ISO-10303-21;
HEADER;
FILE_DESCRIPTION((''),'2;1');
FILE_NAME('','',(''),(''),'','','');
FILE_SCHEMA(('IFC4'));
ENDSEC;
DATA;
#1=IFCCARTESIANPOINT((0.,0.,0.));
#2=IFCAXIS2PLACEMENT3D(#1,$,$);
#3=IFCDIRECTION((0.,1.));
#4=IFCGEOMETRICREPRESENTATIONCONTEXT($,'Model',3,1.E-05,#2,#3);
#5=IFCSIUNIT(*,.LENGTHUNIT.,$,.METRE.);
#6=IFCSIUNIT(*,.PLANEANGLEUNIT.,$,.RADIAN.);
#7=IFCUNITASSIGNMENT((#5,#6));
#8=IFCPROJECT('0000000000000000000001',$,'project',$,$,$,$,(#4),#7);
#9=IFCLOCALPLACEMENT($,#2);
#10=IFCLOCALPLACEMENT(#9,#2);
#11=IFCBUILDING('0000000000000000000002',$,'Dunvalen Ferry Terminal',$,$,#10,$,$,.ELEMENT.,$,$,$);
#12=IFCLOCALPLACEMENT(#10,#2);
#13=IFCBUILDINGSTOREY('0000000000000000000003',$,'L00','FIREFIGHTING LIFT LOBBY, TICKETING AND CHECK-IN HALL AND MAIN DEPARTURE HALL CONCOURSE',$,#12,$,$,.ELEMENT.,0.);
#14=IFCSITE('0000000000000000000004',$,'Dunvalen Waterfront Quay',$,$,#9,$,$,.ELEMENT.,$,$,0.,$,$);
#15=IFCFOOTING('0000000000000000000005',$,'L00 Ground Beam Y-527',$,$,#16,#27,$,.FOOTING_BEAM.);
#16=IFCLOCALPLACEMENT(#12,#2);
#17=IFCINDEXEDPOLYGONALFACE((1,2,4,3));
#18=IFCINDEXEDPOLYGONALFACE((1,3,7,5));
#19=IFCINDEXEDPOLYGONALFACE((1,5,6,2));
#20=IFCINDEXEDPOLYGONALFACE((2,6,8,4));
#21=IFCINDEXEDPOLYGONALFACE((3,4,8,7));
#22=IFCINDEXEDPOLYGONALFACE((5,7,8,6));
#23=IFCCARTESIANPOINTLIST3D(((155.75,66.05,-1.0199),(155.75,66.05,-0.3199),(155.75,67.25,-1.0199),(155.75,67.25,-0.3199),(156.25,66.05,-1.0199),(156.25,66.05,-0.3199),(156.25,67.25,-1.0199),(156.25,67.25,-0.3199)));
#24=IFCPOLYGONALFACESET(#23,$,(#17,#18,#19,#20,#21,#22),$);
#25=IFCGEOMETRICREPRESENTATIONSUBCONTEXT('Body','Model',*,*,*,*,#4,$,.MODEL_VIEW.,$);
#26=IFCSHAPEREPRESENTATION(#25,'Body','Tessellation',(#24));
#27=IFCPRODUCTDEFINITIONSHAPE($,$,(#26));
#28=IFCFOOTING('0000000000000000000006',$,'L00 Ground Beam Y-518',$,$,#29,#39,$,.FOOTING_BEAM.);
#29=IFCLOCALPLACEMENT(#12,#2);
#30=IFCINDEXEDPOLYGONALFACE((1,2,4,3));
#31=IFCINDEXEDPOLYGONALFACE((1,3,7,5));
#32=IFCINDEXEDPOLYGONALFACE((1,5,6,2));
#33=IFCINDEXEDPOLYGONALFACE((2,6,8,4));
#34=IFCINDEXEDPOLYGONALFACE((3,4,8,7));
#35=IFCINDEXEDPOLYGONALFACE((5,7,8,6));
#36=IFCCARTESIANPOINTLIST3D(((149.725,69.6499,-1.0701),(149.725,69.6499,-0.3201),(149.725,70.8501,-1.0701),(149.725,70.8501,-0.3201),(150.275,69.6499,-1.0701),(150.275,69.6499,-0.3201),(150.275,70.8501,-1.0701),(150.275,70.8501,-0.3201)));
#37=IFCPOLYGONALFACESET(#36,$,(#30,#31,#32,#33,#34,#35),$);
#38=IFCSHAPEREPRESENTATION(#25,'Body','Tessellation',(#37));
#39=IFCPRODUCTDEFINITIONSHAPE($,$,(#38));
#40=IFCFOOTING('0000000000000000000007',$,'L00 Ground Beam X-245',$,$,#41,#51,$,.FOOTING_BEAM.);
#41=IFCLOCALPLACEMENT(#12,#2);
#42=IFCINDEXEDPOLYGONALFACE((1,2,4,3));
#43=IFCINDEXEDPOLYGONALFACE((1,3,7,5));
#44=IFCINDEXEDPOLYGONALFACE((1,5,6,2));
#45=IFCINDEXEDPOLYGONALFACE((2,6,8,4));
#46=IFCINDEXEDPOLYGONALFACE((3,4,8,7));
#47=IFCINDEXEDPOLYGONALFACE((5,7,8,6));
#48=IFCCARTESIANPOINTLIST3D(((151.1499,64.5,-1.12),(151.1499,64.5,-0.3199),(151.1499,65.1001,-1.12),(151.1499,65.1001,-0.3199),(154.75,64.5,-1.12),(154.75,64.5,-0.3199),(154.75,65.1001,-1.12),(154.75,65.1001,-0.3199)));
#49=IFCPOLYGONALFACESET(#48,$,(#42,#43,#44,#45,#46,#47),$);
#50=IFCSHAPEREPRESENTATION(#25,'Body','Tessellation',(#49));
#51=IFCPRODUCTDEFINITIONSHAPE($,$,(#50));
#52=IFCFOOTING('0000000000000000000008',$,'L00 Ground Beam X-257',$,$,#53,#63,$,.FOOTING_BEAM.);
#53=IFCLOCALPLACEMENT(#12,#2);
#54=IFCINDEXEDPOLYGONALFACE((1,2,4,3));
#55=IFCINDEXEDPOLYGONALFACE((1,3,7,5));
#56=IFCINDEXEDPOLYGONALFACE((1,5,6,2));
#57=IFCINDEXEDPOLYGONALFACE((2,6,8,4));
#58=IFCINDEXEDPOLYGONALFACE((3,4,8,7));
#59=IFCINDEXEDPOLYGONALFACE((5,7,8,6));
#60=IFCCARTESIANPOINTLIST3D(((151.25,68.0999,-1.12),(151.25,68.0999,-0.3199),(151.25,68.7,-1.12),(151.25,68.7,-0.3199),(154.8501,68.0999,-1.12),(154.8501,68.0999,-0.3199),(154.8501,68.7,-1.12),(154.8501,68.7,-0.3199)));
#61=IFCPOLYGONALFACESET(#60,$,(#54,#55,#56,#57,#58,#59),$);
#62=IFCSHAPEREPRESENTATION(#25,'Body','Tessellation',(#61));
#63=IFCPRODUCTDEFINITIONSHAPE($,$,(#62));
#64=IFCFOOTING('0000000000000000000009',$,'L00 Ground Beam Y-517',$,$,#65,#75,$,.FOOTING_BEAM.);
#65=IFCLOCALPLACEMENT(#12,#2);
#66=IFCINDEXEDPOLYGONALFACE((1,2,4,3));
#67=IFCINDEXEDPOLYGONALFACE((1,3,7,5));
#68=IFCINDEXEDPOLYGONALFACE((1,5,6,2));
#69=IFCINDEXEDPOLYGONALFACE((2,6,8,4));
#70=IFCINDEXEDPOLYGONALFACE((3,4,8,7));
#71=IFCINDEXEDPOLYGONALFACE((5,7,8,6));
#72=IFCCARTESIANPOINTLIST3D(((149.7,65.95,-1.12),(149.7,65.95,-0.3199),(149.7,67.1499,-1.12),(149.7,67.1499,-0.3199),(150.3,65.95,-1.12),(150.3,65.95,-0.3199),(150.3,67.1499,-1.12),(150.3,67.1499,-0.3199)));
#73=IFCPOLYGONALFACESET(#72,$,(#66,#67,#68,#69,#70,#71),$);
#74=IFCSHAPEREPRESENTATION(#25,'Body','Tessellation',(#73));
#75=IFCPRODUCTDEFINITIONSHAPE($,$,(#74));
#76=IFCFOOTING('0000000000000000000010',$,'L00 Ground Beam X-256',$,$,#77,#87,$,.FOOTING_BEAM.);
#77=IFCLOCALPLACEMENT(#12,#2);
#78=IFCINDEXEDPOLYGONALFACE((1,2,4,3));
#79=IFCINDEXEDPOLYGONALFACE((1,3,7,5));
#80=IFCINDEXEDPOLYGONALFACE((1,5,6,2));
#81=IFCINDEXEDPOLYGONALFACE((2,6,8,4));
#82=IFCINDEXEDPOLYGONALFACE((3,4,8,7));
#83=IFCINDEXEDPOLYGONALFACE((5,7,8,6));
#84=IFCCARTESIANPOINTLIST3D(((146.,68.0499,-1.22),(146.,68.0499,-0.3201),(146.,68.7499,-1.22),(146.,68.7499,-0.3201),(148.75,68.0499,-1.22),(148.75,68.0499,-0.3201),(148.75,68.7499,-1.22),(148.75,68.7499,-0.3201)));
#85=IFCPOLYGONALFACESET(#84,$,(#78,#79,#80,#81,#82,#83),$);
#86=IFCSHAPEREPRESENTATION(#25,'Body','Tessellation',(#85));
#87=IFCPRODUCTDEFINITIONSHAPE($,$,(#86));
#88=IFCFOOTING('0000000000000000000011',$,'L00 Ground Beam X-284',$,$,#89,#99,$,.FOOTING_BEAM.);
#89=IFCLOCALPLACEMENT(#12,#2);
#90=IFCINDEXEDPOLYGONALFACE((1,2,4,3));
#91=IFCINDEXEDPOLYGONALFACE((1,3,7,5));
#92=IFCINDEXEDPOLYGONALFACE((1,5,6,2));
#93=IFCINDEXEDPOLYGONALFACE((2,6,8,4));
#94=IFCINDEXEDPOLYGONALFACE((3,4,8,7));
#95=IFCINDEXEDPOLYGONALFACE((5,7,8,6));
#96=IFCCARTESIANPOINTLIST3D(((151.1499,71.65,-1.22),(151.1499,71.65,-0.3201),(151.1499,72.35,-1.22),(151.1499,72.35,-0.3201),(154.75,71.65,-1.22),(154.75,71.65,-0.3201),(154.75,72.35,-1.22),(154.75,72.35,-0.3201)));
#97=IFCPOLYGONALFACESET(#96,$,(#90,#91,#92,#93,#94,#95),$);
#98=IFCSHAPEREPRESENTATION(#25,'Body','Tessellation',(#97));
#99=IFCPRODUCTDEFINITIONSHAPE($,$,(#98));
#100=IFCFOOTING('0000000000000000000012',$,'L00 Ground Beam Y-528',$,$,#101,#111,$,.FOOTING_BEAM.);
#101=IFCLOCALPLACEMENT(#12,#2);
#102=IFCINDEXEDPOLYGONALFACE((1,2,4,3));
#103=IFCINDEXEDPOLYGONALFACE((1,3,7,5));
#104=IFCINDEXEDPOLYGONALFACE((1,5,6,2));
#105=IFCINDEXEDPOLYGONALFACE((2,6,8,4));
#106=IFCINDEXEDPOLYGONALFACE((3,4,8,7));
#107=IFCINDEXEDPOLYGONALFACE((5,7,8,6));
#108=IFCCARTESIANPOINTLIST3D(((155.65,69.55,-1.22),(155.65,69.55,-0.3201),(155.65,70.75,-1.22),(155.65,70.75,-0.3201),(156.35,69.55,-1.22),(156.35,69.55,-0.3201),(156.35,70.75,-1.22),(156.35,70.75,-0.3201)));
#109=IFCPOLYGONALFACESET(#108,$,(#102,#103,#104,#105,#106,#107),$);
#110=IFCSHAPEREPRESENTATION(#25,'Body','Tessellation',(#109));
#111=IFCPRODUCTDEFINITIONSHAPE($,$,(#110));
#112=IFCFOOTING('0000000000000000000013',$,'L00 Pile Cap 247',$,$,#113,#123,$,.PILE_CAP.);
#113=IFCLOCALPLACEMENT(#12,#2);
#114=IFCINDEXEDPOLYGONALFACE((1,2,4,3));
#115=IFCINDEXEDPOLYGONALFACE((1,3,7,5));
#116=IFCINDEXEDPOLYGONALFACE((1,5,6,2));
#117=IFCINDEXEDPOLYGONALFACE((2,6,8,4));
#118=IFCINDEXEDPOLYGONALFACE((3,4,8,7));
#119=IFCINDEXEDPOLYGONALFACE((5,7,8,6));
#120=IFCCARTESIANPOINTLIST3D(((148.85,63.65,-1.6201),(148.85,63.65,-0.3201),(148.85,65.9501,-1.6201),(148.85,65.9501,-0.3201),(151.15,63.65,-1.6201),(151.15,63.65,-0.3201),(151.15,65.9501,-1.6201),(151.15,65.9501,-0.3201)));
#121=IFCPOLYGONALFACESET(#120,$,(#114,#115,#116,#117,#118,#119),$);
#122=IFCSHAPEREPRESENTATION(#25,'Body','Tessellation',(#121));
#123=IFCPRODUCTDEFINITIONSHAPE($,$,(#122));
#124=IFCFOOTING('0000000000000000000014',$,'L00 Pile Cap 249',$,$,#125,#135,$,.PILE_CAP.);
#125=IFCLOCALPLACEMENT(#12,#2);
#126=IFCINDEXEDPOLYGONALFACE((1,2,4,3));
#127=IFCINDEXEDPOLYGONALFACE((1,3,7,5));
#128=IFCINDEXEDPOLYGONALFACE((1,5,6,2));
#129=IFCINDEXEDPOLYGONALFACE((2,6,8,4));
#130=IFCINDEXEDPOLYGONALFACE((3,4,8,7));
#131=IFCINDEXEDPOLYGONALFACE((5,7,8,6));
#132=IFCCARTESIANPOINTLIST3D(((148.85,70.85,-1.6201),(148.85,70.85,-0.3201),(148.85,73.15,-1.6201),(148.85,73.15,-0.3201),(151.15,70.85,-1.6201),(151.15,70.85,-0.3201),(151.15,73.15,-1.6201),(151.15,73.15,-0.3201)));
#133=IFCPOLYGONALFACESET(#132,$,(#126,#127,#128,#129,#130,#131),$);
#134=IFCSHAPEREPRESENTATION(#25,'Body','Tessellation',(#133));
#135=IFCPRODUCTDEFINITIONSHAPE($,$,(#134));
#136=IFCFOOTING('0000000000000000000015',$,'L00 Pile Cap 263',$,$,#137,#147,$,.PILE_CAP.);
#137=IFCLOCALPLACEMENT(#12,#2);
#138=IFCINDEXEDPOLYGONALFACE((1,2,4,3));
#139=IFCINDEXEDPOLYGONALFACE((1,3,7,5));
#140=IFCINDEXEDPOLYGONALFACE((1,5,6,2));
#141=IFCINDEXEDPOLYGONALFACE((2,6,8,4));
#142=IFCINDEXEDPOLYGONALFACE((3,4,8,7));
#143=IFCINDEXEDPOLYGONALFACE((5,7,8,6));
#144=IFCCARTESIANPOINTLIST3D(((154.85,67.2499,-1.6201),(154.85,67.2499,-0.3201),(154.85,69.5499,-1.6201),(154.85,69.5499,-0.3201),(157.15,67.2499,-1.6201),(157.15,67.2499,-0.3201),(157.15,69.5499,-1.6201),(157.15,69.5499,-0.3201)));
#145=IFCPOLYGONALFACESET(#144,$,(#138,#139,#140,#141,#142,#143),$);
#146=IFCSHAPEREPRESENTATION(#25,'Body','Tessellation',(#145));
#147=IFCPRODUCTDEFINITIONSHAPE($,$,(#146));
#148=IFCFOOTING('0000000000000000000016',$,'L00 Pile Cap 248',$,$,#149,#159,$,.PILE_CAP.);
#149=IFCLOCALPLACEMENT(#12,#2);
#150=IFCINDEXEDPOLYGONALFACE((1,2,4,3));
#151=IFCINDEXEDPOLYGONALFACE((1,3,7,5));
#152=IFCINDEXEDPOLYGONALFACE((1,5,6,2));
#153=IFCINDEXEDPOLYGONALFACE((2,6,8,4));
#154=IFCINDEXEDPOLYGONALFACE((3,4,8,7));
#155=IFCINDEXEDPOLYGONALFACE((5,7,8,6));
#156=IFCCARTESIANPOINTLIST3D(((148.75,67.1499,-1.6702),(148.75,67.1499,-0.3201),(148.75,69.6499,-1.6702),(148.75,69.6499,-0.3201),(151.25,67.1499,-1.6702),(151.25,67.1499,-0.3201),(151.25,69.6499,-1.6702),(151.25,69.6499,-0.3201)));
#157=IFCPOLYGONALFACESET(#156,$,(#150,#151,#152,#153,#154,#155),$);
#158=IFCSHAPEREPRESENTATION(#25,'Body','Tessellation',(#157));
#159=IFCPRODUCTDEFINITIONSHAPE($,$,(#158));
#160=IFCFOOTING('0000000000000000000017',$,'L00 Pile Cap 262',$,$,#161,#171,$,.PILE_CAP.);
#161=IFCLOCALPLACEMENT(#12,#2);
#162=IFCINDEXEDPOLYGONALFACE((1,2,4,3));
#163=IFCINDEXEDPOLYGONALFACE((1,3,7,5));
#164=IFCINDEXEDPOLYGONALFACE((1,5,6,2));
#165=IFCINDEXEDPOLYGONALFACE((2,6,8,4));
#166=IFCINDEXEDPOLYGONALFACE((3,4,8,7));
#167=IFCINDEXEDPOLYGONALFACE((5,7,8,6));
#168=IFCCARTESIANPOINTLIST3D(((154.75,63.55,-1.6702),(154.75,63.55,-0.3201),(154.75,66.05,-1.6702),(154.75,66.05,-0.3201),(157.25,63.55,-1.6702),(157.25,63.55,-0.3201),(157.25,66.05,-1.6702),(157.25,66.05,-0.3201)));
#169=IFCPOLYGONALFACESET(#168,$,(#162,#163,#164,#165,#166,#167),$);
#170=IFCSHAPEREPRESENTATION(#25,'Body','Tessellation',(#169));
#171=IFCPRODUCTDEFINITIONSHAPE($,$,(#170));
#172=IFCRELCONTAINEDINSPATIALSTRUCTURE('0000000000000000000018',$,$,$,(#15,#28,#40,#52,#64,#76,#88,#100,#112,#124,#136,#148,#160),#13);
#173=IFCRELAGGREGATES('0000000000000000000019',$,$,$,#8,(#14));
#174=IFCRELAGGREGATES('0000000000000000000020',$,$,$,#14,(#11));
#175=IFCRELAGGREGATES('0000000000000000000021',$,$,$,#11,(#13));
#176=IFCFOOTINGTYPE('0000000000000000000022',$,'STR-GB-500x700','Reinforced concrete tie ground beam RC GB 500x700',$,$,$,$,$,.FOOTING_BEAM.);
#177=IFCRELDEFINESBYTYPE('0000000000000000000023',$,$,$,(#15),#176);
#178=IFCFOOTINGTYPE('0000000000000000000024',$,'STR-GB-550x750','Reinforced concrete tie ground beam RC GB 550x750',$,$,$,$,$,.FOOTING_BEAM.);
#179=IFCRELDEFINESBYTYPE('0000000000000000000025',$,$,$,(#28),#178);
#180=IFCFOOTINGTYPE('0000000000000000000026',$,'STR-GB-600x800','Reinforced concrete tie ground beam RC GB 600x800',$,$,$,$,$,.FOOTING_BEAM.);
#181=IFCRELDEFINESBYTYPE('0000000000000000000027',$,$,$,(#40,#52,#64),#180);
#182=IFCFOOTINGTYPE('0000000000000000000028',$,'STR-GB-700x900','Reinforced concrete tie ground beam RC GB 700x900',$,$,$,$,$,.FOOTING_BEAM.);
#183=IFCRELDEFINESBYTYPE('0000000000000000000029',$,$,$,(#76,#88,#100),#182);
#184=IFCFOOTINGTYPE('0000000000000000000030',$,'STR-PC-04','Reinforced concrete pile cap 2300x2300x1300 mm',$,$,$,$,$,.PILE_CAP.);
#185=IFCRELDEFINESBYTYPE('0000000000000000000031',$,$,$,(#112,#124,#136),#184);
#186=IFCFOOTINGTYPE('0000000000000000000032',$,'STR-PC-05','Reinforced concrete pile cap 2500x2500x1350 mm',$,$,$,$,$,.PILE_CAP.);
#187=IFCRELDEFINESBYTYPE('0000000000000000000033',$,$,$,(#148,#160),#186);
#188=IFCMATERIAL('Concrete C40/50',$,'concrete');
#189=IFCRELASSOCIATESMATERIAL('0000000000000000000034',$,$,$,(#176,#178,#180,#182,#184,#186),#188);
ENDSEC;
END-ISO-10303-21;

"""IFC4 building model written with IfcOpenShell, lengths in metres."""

from ifc_helpers import new_model, si_unit, direction, frame, origin, origin_2d, place, context, subcontext, project, spatial, rectangle, extrude, material, material_profile, profile_set, type_object, element, save


model = new_model("IFC4")

# Units and contexts
model_context = context("Model", 3, precision=1e-05, world=origin(), true_north=direction((0.0, 1.0)))
body_context = subcontext(model_context, "Body", "Model", "MODEL_VIEW")
ifc_project = project(units=[si_unit("LENGTHUNIT", "METRE"), si_unit("PLANEANGLEUNIT", "RADIAN")], contexts=[model_context])

# Site, building, storey
site_placement = place(None, origin())
site = spatial("IfcSite", under=ifc_project, at=site_placement, Name="Dunvalen Waterfront Quay", CompositionType="ELEMENT", RefElevation=0.0)
building_placement = place(site_placement, origin())
building = spatial("IfcBuilding", under=site, at=building_placement, Name="Dunvalen Ferry Terminal", CompositionType="ELEMENT")
storey_placement = place(building_placement, origin())
storey = spatial("IfcBuildingStorey", under=building, at=storey_placement, Name="L00", Description="FIREFIGHTING LIFT LOBBY, TICKETING AND CHECK-IN HALL AND MAIN DEPARTURE HALL CONCOURSE", CompositionType="ELEMENT", Elevation=0.0)

# Footings
ifc_material_1 = material(Name="Concrete C40/50", Category="concrete")
ifc_material_profile_1 = material_profile(ifc_material_1, rectangle(XDim=0.5, YDim=0.7, at=origin_2d()), Name="Concrete C40/50")
ifc_profile_set_1 = profile_set([ifc_material_profile_1], Name="Concrete C40/50")
footing_type_1 = type_object("IfcFootingType", Name="STR-GB-500x700", Description="Reinforced concrete tie ground beam RC GB 500x700", PredefinedType="FOOTING_BEAM", material=ifc_profile_set_1)
footing_1_placement = place(storey_placement, frame((156.0, 66.05, -0.6699), z_axis=(0.0, 1.0, 0.0), x_axis=(-1.0, 0.0, 0.0)))
element("IfcFooting", 1, at=footing_1_placement, inside=storey, type_object=footing_type_1, Name="L00 Ground Beam Y-527", PredefinedType="FOOTING_BEAM", context=body_context, shape_type="SweptSolid", body=[
    extrude(rectangle(XDim=0.5, YDim=0.7, at=origin_2d()), origin(), (0.0, 0.0, 1.0), 1.2),
])
ifc_material_profile_2 = material_profile(ifc_material_1, rectangle(XDim=0.55, YDim=0.75, at=origin_2d()), Name="Concrete C40/50")
ifc_profile_set_2 = profile_set([ifc_material_profile_2], Name="Concrete C40/50")
footing_type_2 = type_object("IfcFootingType", Name="STR-GB-550x750", Description="Reinforced concrete tie ground beam RC GB 550x750", PredefinedType="FOOTING_BEAM", material=ifc_profile_set_2)
footing_2_placement = place(storey_placement, frame((150.0, 69.6499, -0.6951), z_axis=(0.0, 1.0, 0.0), x_axis=(-1.0, 0.0, 0.0)))
element("IfcFooting", 2, at=footing_2_placement, inside=storey, type_object=footing_type_2, Name="L00 Ground Beam Y-518", PredefinedType="FOOTING_BEAM", context=body_context, shape_type="SweptSolid", body=[
    extrude(rectangle(XDim=0.55, YDim=0.75, at=origin_2d()), origin(), (0.0, 0.0, 1.0), 1.2002),
])
ifc_material_profile_3 = material_profile(ifc_material_1, rectangle(XDim=0.6001, YDim=0.8, at=origin_2d()), Name="Concrete C40/50")
ifc_profile_set_3 = profile_set([ifc_material_profile_3], Name="Concrete C40/50")
footing_type_3 = type_object("IfcFootingType", Name="STR-GB-600x800", Description="Reinforced concrete tie ground beam RC GB 600x800", PredefinedType="FOOTING_BEAM", material=ifc_profile_set_3)
for number, where, z_axis, x_axis, name in (
    (3, (151.1499, 64.8, -0.72), (1.0, 0.0, 0.0), (0.0, 1.0, 0.0), "L00 Ground Beam X-245"),
    (4, (151.25, 68.3999, -0.72), (1.0, 0.0, 0.0), (0.0, 1.0, 0.0), "L00 Ground Beam X-257"),
):
    element("IfcFooting", number, at=place(storey_placement, frame(where, z_axis=z_axis, x_axis=x_axis)), inside=storey, type_object=footing_type_3, Name=name, PredefinedType="FOOTING_BEAM", context=body_context, shape_type="SweptSolid", body=[
        extrude(rectangle(XDim=0.6001, YDim=0.8, at=origin_2d()), origin(), (0.0, 0.0, 1.0), 3.6001),
    ])
footing_3_placement = place(storey_placement, frame((150.0, 65.95, -0.72), z_axis=(0.0, 1.0, 0.0), x_axis=(-1.0, 0.0, 0.0)))
element("IfcFooting", 5, at=footing_3_placement, inside=storey, type_object=footing_type_3, Name="L00 Ground Beam Y-517", PredefinedType="FOOTING_BEAM", context=body_context, shape_type="SweptSolid", body=[
    extrude(rectangle(XDim=0.6001, YDim=0.8, at=origin_2d()), origin(), (0.0, 0.0, 1.0), 1.2),
])
ifc_material_profile_4 = material_profile(ifc_material_1, rectangle(XDim=0.7, YDim=0.8999, at=origin_2d()), Name="Concrete C40/50")
ifc_profile_set_4 = profile_set([ifc_material_profile_4], Name="Concrete C40/50")
footing_type_4 = type_object("IfcFootingType", Name="STR-GB-700x900", Description="Reinforced concrete tie ground beam RC GB 700x900", PredefinedType="FOOTING_BEAM", material=ifc_profile_set_4)
footing_4_placement = place(storey_placement, frame((146.0, 68.3999, -0.77), z_axis=(1.0, 0.0, 0.0), x_axis=(0.0, 1.0, 0.0)))
element("IfcFooting", 6, at=footing_4_placement, inside=storey, type_object=footing_type_4, Name="L00 Ground Beam X-256", PredefinedType="FOOTING_BEAM", context=body_context, shape_type="SweptSolid", body=[
    extrude(rectangle(XDim=0.7, YDim=0.8999, at=origin_2d()), origin(), (0.0, 0.0, 1.0), 2.75),
])
footing_5_placement = place(storey_placement, frame((151.1499, 72.0, -0.77), z_axis=(1.0, 0.0, 0.0), x_axis=(0.0, 1.0, 0.0)))
element("IfcFooting", 7, at=footing_5_placement, inside=storey, type_object=footing_type_4, Name="L00 Ground Beam X-284", PredefinedType="FOOTING_BEAM", context=body_context, shape_type="SweptSolid", body=[
    extrude(rectangle(XDim=0.7, YDim=0.8999, at=origin_2d()), origin(), (0.0, 0.0, 1.0), 3.6001),
])
footing_6_placement = place(storey_placement, frame((156.0, 69.55, -0.77), z_axis=(0.0, 1.0, 0.0), x_axis=(-1.0, 0.0, 0.0)))
element("IfcFooting", 8, at=footing_6_placement, inside=storey, type_object=footing_type_4, Name="L00 Ground Beam Y-528", PredefinedType="FOOTING_BEAM", context=body_context, shape_type="SweptSolid", body=[
    extrude(rectangle(XDim=0.7, YDim=0.8999, at=origin_2d()), origin(), (0.0, 0.0, 1.0), 1.2),
])
footing_type_5 = type_object("IfcFootingType", Name="STR-PC-04", Description="Reinforced concrete pile cap 2300x2300x1300 mm", PredefinedType="PILE_CAP", material=ifc_material_1)
for number, where, z_axis, x_axis, name in (
    (9, (150.0, 64.8, -1.6201), (0.0, 0.0, 1.0), (1.0, 0.0, 0.0), "L00 Pile Cap 247"),
    (10, (150.0, 72.0, -1.6201), (0.0, 0.0, 1.0), (1.0, 0.0, 0.0), "L00 Pile Cap 249"),
    (11, (156.0, 68.3999, -1.6201), (0.0, 0.0, 1.0), (1.0, 0.0, 0.0), "L00 Pile Cap 263"),
):
    element("IfcFooting", number, at=place(storey_placement, frame(where, z_axis=z_axis, x_axis=x_axis)), inside=storey, type_object=footing_type_5, Name=name, PredefinedType="PILE_CAP", context=body_context, shape_type="SweptSolid", body=[
        extrude(rectangle(XDim=2.3, YDim=2.3, at=origin_2d()), origin(), (0.0, 0.0, 1.0), 1.3),
    ])
footing_type_6 = type_object("IfcFootingType", Name="STR-PC-05", Description="Reinforced concrete pile cap 2500x2500x1350 mm", PredefinedType="PILE_CAP", material=ifc_material_1)
for number, where, z_axis, x_axis, name in (
    (12, (150.0, 68.3999, -1.6702), (0.0, 0.0, 1.0), (1.0, 0.0, 0.0), "L00 Pile Cap 248"),
    (13, (156.0, 64.8, -1.6702), (0.0, 0.0, 1.0), (1.0, 0.0, 0.0), "L00 Pile Cap 262"),
):
    element("IfcFooting", number, at=place(storey_placement, frame(where, z_axis=z_axis, x_axis=x_axis)), inside=storey, type_object=footing_type_6, Name=name, PredefinedType="PILE_CAP", context=body_context, shape_type="SweptSolid", body=[
        extrude(rectangle(XDim=2.5, YDim=2.5, at=origin_2d()), origin(), (0.0, 0.0, 1.0), 1.3501),
    ])

save(model, "model.ifc")
